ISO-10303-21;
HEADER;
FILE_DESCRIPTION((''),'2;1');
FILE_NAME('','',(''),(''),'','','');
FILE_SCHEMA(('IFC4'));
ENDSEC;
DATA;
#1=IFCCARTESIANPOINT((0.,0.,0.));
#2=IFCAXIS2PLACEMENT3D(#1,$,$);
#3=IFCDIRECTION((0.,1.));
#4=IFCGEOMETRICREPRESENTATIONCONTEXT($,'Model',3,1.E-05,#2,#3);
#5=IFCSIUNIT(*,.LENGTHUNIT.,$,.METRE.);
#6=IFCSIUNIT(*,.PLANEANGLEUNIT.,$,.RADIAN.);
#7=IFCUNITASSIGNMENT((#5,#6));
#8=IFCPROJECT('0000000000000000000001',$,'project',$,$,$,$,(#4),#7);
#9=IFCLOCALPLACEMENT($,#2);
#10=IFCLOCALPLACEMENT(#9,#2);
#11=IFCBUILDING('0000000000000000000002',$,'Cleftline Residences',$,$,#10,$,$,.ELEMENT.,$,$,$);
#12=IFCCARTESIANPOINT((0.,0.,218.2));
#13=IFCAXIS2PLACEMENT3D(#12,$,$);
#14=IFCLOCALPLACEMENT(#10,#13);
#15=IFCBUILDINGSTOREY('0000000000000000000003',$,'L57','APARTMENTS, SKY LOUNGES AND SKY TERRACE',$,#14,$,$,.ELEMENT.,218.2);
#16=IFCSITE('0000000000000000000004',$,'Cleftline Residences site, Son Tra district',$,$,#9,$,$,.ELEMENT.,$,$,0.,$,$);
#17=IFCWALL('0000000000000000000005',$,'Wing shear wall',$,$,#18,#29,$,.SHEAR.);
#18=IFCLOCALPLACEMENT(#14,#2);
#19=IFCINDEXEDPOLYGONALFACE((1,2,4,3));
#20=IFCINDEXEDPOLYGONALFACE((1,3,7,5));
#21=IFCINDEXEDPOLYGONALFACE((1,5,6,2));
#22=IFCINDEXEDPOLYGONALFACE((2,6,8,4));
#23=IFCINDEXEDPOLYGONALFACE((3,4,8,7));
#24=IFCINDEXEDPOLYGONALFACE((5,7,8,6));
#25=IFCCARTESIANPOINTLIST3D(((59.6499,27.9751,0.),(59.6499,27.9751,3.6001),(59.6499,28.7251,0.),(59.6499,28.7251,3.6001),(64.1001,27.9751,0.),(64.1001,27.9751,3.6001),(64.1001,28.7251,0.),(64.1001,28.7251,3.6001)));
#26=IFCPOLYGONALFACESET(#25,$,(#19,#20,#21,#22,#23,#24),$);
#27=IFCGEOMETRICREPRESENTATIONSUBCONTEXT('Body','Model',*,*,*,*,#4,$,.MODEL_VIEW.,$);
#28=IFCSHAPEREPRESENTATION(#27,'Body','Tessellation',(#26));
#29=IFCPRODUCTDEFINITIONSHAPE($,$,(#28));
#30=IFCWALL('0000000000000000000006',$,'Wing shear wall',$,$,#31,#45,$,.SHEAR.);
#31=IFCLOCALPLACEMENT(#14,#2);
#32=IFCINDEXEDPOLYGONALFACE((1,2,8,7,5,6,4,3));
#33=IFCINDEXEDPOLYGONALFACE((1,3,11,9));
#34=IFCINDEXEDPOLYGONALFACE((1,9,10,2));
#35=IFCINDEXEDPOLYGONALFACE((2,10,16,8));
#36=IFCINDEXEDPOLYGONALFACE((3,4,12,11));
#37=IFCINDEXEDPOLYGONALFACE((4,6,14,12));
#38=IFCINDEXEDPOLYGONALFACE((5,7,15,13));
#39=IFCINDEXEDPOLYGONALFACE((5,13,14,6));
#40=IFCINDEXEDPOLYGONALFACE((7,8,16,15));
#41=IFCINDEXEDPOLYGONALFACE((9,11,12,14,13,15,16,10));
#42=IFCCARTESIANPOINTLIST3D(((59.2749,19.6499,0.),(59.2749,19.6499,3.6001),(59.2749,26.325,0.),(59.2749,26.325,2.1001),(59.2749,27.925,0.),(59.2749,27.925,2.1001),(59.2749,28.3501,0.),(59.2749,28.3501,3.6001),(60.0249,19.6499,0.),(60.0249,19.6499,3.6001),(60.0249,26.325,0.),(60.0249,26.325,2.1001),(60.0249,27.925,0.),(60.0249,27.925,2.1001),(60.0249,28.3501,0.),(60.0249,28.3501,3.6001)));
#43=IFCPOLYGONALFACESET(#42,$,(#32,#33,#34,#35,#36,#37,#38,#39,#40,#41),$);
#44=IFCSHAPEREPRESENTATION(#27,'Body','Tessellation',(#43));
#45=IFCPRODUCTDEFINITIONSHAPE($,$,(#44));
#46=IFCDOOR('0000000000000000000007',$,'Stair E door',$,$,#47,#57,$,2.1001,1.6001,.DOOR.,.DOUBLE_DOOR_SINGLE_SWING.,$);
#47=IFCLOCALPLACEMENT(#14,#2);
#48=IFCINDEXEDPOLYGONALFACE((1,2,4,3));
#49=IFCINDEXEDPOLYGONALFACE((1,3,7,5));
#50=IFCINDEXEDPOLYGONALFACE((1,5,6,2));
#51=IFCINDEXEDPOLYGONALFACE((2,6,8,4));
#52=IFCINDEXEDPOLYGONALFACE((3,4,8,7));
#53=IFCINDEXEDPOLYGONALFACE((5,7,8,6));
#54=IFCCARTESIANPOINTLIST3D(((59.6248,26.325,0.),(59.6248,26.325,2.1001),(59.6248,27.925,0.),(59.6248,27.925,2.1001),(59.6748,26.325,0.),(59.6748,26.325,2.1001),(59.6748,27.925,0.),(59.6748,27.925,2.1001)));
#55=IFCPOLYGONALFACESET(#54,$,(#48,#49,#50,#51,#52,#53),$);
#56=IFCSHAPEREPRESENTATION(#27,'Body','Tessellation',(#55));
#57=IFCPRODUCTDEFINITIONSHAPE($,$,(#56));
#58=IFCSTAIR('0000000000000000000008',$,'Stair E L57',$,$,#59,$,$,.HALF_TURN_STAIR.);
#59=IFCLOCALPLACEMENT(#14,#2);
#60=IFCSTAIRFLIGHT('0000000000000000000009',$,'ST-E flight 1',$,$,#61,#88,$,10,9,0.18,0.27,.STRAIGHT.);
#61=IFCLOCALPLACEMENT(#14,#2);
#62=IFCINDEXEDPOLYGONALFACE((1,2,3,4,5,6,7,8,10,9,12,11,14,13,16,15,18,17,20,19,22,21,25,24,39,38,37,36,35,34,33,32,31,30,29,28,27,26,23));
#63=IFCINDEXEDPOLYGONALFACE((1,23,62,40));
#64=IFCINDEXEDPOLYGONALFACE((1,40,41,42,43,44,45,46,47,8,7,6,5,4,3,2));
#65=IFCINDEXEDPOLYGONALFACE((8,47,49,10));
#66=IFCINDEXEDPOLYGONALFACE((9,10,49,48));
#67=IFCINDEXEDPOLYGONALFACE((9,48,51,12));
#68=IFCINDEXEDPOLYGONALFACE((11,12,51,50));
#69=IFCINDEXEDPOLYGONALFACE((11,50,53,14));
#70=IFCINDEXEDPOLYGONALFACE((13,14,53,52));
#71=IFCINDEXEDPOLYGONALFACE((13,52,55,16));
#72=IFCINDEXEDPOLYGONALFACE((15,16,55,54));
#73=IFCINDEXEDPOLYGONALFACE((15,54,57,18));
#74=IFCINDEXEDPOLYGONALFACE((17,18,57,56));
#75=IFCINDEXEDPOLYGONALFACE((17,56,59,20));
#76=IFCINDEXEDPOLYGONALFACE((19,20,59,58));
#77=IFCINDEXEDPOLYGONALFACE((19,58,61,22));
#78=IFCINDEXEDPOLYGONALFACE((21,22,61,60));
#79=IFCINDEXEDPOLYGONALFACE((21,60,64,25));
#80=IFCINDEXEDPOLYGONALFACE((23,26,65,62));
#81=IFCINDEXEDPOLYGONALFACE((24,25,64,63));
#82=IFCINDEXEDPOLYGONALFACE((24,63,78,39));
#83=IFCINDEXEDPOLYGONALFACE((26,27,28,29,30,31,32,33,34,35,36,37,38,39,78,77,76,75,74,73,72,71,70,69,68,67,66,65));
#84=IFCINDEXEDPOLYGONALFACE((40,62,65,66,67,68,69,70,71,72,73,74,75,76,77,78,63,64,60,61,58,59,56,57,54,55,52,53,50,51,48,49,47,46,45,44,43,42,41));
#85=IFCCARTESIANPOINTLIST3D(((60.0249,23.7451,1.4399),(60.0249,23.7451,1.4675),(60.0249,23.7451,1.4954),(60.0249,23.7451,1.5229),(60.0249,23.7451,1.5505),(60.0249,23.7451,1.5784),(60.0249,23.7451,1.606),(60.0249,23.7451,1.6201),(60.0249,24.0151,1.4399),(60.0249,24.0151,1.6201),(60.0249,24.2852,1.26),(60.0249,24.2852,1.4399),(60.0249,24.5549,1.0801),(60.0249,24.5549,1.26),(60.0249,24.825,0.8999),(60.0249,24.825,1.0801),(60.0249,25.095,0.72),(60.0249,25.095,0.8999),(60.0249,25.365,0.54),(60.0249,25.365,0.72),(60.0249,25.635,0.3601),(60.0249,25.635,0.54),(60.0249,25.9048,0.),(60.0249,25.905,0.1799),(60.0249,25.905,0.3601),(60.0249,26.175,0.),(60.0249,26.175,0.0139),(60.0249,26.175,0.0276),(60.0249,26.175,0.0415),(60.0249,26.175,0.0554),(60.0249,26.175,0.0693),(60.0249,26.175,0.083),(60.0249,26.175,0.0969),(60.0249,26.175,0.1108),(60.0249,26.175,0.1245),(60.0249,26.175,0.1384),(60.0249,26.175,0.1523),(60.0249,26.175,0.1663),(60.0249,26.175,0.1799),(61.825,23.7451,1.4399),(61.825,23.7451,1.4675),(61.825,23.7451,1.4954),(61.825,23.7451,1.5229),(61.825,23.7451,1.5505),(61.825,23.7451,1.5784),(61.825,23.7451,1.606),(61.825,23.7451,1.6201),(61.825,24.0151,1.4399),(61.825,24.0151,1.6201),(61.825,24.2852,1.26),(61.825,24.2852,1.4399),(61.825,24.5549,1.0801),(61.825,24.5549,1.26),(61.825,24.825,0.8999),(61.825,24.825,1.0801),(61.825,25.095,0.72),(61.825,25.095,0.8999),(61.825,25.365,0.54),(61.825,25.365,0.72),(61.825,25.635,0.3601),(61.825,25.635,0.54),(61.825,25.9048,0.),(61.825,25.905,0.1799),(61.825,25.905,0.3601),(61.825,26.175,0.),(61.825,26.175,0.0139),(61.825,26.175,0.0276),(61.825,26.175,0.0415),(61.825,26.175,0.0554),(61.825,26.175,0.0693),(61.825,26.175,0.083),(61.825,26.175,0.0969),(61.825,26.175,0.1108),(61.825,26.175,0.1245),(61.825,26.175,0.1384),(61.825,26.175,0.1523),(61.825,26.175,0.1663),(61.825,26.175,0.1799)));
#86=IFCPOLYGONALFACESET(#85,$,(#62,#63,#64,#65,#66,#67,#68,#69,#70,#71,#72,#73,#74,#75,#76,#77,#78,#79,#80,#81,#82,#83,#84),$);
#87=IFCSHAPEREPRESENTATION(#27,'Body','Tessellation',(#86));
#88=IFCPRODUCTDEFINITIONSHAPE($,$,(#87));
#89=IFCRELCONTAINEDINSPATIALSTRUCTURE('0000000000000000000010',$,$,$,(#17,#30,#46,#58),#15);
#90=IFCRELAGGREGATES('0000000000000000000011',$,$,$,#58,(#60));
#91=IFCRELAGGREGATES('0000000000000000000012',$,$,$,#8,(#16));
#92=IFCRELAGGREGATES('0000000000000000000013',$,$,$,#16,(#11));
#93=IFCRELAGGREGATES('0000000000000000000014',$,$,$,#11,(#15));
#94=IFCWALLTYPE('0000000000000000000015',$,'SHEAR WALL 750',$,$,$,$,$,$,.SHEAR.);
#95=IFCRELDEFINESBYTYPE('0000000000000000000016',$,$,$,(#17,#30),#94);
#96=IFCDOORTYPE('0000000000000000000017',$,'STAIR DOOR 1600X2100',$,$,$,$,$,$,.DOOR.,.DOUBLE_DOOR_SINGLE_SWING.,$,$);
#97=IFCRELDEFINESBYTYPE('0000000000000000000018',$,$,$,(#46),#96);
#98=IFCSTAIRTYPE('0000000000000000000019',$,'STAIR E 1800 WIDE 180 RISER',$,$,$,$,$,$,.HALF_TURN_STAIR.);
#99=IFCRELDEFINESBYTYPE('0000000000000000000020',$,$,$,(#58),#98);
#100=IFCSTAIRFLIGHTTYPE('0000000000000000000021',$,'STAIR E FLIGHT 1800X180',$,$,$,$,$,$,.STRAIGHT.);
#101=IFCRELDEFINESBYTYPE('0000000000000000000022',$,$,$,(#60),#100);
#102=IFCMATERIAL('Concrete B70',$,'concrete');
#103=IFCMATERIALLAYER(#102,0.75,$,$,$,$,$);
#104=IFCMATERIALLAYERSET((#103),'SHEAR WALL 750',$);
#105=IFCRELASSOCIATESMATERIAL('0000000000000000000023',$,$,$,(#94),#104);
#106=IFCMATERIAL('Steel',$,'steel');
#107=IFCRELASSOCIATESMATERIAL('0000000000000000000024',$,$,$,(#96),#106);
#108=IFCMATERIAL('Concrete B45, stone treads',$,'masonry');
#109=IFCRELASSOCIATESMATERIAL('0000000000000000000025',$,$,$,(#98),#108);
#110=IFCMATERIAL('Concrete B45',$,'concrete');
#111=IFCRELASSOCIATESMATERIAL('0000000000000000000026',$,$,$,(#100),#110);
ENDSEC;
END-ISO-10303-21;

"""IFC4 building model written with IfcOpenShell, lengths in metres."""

from ifc_helpers import new_model, si_unit, direction, frame, frame_2d, origin, place, context, subcontext, project, spatial, polyline, rectangle, outline, extrude, material, layer, layer_set, type_object, element, fill, aggregate, save


model = new_model("IFC4")

# Units and contexts
model_context = context("Model", 3, precision=1e-05, world=origin(), true_north=direction((0.0, 1.0)))
body_context = subcontext(model_context, "Body", "Model", "MODEL_VIEW")
ifc_project = project(units=[si_unit("LENGTHUNIT", "METRE"), si_unit("PLANEANGLEUNIT", "RADIAN")], contexts=[model_context])

# Site, building, storey
site_placement = place(None, origin())
site = spatial("IfcSite", under=ifc_project, at=site_placement, Name="Cleftline Residences site, Son Tra district", CompositionType="ELEMENT", RefElevation=0.0)
building_placement = place(site_placement, origin())
building = spatial("IfcBuilding", under=site, at=building_placement, Name="Cleftline Residences", CompositionType="ELEMENT")
storey_placement = place(building_placement, frame((0.0, 0.0, 218.2)))
storey = spatial("IfcBuildingStorey", under=building, at=storey_placement, Name="L57", Description="APARTMENTS, SKY LOUNGES AND SKY TERRACE", CompositionType="ELEMENT", Elevation=218.2)

# Wall
ifc_material_1 = material(Name="Concrete B70", Category="concrete")
ifc_layer_1 = layer(ifc_material_1, 0.75)
ifc_layer_set_1 = layer_set([ifc_layer_1], Name="SHEAR WALL 750")
wall_type_1 = type_object("IfcWallType", Name="SHEAR WALL 750", PredefinedType="SHEAR", material=ifc_layer_set_1)
wall_1_placement = place(storey_placement, frame((64.1001, 28.3501, 0.0), z_axis=(0.0, 0.0, 1.0), x_axis=(-1.0, 0.0, 0.0)))
element("IfcWall", 1, at=wall_1_placement, inside=storey, type_object=wall_type_1, Name="Wing shear wall", PredefinedType="SHEAR", context=body_context, shape_type="SweptSolid", body=[
    extrude(rectangle(XDim=4.4502, YDim=0.75, at=frame_2d((2.2251, 0.0))), origin(), (0.0, 0.0, 1.0), 3.6001),
])

# Wall, opening, door
wall_2_placement = place(storey_placement, frame((59.6499, 28.3501, 0.0), z_axis=(0.0, 0.0, 1.0), x_axis=(0.0, -1.0, 0.0)))
wall_2 = element("IfcWall", 2, at=wall_2_placement, inside=storey, type_object=wall_type_1, Name="Wing shear wall", PredefinedType="SHEAR", context=body_context, shape_type="SweptSolid", body=[
    extrude(rectangle(XDim=8.7002, YDim=0.75, at=frame_2d((4.3501, 0.0))), origin(), (0.0, 0.0, 1.0), 3.6001),
])
opening_1_placement = place(wall_2_placement, frame((0.425, 0.0, 0.0)))
opening_1 = element("IfcOpeningElement", 3, at=opening_1_placement, cuts=wall_2, PredefinedType="OPENING", context=body_context, shape_type="SweptSolid", body=[
    extrude(rectangle(XDim=1.6001, YDim=2.1001, at=frame_2d((0.8, 1.05))), frame((0.0, 0.385, 0.0), z_axis=(0.0, -1.0, 0.0), x_axis=(1.0, 0.0, 0.0)), (0.0, 0.0, 1.0), 0.77),
])
ifc_material_2 = material(Name="Steel", Category="steel")
door_type_1 = type_object("IfcDoorType", Name="STAIR DOOR 1600X2100", OperationType="DOUBLE_DOOR_SINGLE_SWING", PredefinedType="DOOR", material=ifc_material_2)
door_1_placement = place(opening_1_placement, origin())
door_1 = element("IfcDoor", 4, at=door_1_placement, inside=storey, type_object=door_type_1, Name="Stair E door", OperationType="DOUBLE_DOOR_SINGLE_SWING", OverallHeight=2.1001, OverallWidth=1.6001, PredefinedType="DOOR", context=body_context, shape_type="SweptSolid", body=[
    extrude(rectangle(XDim=1.6001, YDim=2.1001, at=frame_2d((0.8, 1.05))), frame((0.0, 0.0249, 0.0), z_axis=(0.0, -1.0, 0.0), x_axis=(1.0, 0.0, 0.0)), (0.0, 0.0, 1.0), 0.05),
])
fill(opening_1, door_1)

# Stair, stair flight
ifc_material_3 = material(Name="Concrete B45, stone treads", Category="masonry")
stair_type = type_object("IfcStairType", Name="STAIR E 1800 WIDE 180 RISER", PredefinedType="HALF_TURN_STAIR", material=ifc_material_3)
stair_placement = place(storey_placement, origin())
stair = element("IfcStair", 5, at=stair_placement, inside=storey, type_object=stair_type, Name="Stair E L57", PredefinedType="HALF_TURN_STAIR")
ifc_material_4 = material(Name="Concrete B45", Category="concrete")
stair_flight_type = type_object("IfcStairFlightType", Name="STAIR E FLIGHT 1800X180", PredefinedType="STRAIGHT", material=ifc_material_4)
stair_flight_placement = place(storey_placement, frame((60.925, 26.175, 0.0), z_axis=(0.0, 0.0, 1.0), x_axis=(0.0, -1.0, 0.0)))
stair_flight = element("IfcStairFlight", 6, at=stair_flight_placement, type_object=stair_flight_type, Name="ST-E flight 1", NumberOfRisers=10, NumberOfTreads=9, PredefinedType="STRAIGHT", RiserHeight=0.18, TreadLength=0.27, context=body_context, shape_type="SweptSolid", body=[
    extrude(outline(polyline([(0.0, 0.0), (0.0, 0.0139), (0.0, 0.0276), (0.0, 0.0415), (0.0, 0.0554), (0.0, 0.0693), (0.0, 0.083), (0.0, 0.0969), (0.0, 0.1108), (0.0, 0.1245), (0.0, 0.1384), (0.0, 0.1523), (0.0, 0.1663), (0.0, 0.1799), (0.27, 0.1799), (0.27, 0.3601), (0.54, 0.3601), (0.54, 0.54), (0.8101, 0.54), (0.8101, 0.72), (1.0801, 0.72), (1.0801, 0.8999), (1.3501, 0.8999), (1.3501, 1.0801), (1.6201, 1.0801), (1.6201, 1.26), (1.8899, 1.26), (1.8899, 1.4399), (2.1599, 1.4399), (2.1599, 1.6201), (2.4299, 1.6201), (2.4299, 1.8), (2.4299, 1.7722), (2.4299, 1.7446), (2.4299, 1.7168), (2.4299, 1.6892), (2.4299, 1.6614), (2.4299, 1.6338), (2.4299, 1.606), (2.4299, 1.5784), (2.4299, 1.5505), (2.4299, 1.5229), (2.4299, 1.4954), (2.4299, 1.4675), (2.4299, 1.4399), (0.2703, 0.0), (0.0, 0.0)])), frame((0.0, 0.8999, 0.0), z_axis=(0.0, -1.0, 0.0), x_axis=(1.0, 0.0, 0.0)), (0.0, 0.0, 1.0), 1.8),
])
aggregate(stair, [stair_flight])

save(model, "model.ifc")
